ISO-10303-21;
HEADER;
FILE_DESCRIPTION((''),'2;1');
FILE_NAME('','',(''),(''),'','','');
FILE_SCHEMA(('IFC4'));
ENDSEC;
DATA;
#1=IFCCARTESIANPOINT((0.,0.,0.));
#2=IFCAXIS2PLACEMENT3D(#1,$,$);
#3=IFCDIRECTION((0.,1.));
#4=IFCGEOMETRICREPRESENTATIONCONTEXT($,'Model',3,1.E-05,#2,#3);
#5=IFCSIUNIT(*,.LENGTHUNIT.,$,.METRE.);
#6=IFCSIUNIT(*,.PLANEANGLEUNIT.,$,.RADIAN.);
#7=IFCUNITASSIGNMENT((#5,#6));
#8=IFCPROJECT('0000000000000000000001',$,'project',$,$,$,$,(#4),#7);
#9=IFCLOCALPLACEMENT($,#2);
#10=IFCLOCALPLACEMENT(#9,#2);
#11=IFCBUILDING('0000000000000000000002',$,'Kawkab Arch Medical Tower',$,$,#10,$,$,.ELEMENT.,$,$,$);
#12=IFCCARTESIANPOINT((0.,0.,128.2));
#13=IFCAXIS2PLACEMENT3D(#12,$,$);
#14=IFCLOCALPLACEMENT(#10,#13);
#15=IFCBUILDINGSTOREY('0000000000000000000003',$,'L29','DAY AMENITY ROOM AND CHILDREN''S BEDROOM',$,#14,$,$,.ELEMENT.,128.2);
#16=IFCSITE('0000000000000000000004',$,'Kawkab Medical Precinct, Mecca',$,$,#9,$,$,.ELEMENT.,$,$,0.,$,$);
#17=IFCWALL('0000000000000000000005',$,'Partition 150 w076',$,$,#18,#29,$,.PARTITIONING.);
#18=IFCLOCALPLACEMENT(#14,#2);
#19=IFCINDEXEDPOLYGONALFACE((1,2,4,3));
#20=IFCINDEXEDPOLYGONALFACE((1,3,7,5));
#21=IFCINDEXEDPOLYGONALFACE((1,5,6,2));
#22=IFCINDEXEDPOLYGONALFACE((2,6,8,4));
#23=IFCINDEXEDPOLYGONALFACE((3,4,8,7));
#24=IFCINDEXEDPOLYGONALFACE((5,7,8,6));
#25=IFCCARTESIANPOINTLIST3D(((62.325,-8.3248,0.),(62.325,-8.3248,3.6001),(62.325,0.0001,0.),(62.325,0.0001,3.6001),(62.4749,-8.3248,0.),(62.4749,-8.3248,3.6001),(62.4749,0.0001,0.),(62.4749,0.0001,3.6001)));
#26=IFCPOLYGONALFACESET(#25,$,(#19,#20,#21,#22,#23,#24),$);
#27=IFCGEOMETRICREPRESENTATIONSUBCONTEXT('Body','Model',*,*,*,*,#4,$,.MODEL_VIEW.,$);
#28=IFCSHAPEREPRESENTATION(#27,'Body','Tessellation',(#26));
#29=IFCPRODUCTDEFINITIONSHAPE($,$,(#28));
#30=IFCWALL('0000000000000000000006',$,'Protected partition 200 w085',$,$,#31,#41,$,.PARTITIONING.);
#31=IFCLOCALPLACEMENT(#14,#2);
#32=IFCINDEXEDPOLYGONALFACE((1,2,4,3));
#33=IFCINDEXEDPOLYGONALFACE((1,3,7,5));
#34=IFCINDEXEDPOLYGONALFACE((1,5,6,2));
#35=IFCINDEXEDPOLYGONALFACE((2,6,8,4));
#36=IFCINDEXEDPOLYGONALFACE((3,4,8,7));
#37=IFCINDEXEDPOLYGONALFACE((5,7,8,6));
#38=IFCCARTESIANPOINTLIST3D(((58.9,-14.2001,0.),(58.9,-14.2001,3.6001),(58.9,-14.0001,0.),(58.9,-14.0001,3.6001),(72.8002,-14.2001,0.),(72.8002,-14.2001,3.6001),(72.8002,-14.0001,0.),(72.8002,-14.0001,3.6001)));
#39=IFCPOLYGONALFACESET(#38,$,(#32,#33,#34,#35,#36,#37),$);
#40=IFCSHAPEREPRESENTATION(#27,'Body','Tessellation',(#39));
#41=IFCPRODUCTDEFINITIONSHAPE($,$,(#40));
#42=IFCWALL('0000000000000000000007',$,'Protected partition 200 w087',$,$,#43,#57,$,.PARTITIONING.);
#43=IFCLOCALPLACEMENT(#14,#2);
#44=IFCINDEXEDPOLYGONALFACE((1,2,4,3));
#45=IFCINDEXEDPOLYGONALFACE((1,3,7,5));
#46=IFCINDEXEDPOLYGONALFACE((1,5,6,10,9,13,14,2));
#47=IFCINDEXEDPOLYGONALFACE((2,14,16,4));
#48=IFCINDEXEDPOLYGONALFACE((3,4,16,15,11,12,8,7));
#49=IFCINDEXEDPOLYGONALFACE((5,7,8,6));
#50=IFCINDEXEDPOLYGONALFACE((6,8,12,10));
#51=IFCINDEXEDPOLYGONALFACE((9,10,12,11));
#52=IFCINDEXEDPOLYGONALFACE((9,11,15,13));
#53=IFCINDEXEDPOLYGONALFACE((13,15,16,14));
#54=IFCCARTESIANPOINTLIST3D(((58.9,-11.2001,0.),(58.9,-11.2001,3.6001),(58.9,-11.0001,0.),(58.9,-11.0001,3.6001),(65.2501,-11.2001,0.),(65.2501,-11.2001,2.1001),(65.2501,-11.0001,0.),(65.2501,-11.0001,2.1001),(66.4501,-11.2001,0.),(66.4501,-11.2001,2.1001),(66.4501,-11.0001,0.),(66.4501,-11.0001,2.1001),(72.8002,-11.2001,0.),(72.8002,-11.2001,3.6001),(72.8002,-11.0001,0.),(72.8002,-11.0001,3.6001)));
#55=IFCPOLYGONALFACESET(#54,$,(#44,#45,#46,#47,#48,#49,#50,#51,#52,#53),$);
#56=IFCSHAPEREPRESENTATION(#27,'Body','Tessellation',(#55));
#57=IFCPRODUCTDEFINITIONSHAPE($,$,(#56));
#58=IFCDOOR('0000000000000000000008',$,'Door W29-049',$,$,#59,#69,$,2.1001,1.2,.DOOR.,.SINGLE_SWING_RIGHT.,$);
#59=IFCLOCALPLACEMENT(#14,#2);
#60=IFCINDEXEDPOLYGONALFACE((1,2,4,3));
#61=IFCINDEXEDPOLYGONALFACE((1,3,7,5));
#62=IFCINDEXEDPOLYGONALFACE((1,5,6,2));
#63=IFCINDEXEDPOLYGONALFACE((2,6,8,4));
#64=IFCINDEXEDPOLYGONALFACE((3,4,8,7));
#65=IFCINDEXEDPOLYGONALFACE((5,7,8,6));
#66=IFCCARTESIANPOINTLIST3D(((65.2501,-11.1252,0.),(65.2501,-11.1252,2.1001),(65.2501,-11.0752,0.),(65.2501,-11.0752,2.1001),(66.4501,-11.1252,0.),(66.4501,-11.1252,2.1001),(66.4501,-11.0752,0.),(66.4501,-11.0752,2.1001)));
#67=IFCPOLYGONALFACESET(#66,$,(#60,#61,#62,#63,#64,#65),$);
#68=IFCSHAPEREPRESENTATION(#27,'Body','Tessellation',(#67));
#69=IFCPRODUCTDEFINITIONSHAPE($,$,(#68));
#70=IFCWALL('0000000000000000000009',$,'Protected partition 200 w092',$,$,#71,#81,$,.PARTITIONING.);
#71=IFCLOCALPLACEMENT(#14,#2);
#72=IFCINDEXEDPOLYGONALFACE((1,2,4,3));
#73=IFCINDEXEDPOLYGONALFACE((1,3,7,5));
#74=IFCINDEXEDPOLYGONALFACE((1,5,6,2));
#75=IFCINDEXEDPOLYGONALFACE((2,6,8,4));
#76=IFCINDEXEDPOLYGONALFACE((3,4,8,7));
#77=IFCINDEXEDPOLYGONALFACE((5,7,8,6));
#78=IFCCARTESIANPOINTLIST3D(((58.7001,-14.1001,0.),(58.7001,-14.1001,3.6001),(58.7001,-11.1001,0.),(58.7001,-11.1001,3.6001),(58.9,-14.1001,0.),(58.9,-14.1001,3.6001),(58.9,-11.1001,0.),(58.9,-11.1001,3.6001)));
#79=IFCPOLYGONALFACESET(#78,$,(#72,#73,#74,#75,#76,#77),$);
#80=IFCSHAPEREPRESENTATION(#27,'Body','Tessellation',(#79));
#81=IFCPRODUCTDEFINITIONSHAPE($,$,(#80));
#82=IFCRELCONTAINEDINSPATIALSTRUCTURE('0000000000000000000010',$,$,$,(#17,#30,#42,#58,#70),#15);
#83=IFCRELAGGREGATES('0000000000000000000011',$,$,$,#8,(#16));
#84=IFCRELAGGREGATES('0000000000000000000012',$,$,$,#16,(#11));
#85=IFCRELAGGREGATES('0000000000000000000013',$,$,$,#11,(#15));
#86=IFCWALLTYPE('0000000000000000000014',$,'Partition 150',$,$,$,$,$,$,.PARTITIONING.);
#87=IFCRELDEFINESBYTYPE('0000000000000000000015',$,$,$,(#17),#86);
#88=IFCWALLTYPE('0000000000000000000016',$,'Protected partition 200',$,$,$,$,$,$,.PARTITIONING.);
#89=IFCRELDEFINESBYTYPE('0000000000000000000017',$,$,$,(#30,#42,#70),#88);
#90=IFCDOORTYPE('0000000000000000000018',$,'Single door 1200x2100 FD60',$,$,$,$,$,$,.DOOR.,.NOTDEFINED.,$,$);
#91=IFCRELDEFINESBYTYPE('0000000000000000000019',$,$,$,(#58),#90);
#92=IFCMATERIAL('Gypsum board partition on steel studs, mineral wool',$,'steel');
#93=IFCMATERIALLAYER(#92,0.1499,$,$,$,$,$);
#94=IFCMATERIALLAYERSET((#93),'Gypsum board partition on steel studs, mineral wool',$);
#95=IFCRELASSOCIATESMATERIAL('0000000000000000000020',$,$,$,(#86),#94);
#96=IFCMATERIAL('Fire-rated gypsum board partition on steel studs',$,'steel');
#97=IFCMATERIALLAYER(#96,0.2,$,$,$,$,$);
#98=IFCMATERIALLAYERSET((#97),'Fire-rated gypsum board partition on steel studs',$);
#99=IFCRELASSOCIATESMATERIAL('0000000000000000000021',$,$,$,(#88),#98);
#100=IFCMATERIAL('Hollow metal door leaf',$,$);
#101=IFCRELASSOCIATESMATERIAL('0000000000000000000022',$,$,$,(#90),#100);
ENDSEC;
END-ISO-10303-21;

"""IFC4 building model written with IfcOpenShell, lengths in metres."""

from ifc_helpers import new_model, si_unit, direction, frame, frame_2d, origin, place, context, subcontext, project, spatial, rectangle, extrude, material, layer, layer_set, type_object, element, fill, save


model = new_model("IFC4")

# Units and contexts
model_context = context("Model", 3, precision=1e-05, world=origin(), true_north=direction((0.0, 1.0)))
body_context = subcontext(model_context, "Body", "Model", "MODEL_VIEW")
ifc_project = project(units=[si_unit("LENGTHUNIT", "METRE"), si_unit("PLANEANGLEUNIT", "RADIAN")], contexts=[model_context])

# Site, building, storey
site_placement = place(None, origin())
site = spatial("IfcSite", under=ifc_project, at=site_placement, Name="Kawkab Medical Precinct, Mecca", CompositionType="ELEMENT", RefElevation=0.0)
building_placement = place(site_placement, origin())
building = spatial("IfcBuilding", under=site, at=building_placement, Name="Kawkab Arch Medical Tower", CompositionType="ELEMENT")
storey_placement = place(building_placement, frame((0.0, 0.0, 128.2)))
storey = spatial("IfcBuildingStorey", under=building, at=storey_placement, Name="L29", Description="DAY AMENITY ROOM AND CHILDREN'S BEDROOM", CompositionType="ELEMENT", Elevation=128.2)

# Shared definitions
ifc_material_1 = material(Name="Gypsum board partition on steel studs, mineral wool", Category="steel")
ifc_layer_1 = layer(ifc_material_1, 0.1499)
ifc_layer_set_1 = layer_set([ifc_layer_1], Name="Gypsum board partition on steel studs, mineral wool")
wall_type_1 = type_object("IfcWallType", Name="Partition 150", PredefinedType="PARTITIONING", material=ifc_layer_set_1)

# Walls
wall_1_placement = place(storey_placement, frame((62.3999, -8.325, 0.0), z_axis=(0.0, 0.0, 1.0), x_axis=(0.0, 1.0, 0.0)))
element("IfcWall", 1, at=wall_1_placement, inside=storey, type_object=wall_type_1, Name="Partition 150 w076", PredefinedType="PARTITIONING", context=body_context, shape_type="SweptSolid", body=[
    extrude(rectangle(XDim=8.325, YDim=0.1499, at=frame_2d((4.1626, 0.0))), origin(), (0.0, 0.0, 1.0), 3.6001),
])
ifc_material_2 = material(Name="Fire-rated gypsum board partition on steel studs", Category="steel")
ifc_layer_2 = layer(ifc_material_2, 0.2)
ifc_layer_set_2 = layer_set([ifc_layer_2], Name="Fire-rated gypsum board partition on steel studs")
wall_type_2 = type_object("IfcWallType", Name="Protected partition 200", PredefinedType="PARTITIONING", material=ifc_layer_set_2)
wall_2_placement = place(storey_placement, frame((58.8999, -14.1001, 0.0), z_axis=(0.0, 0.0, 1.0), x_axis=(1.0, 0.0, 0.0)))
element("IfcWall", 2, at=wall_2_placement, inside=storey, type_object=wall_type_2, Name="Protected partition 200 w085", PredefinedType="PARTITIONING", context=body_context, shape_type="SweptSolid", body=[
    extrude(rectangle(XDim=13.9001, YDim=0.2, at=frame_2d((6.9502, 0.0))), origin(), (0.0, 0.0, 1.0), 3.6001),
])

# Wall, opening, door
wall_3_placement = place(storey_placement, frame((58.8999, -11.1001, 0.0), z_axis=(0.0, 0.0, 1.0), x_axis=(1.0, 0.0, 0.0)))
wall_3 = element("IfcWall", 3, at=wall_3_placement, inside=storey, type_object=wall_type_2, Name="Protected partition 200 w087", PredefinedType="PARTITIONING", context=body_context, shape_type="SweptSolid", body=[
    extrude(rectangle(XDim=13.9001, YDim=0.2, at=frame_2d((6.9502, 0.0))), origin(), (0.0, 0.0, 1.0), 3.6001),
])
opening_1_placement = place(wall_3_placement, frame((6.3501, 0.0, 0.0)))
opening_1 = element("IfcOpeningElement", 4, at=opening_1_placement, cuts=wall_3, PredefinedType="OPENING", context=body_context, shape_type="SweptSolid", body=[
    extrude(rectangle(XDim=1.2, YDim=2.1001, at=frame_2d((0.6001, 1.05))), frame((0.0, 0.1099, 0.0), z_axis=(0.0, -1.0, 0.0), x_axis=(1.0, 0.0, 0.0)), (0.0, 0.0, 1.0), 0.22),
])
ifc_material_3 = material(Name="Hollow metal door leaf")
door_type_1 = type_object("IfcDoorType", Name="Single door 1200x2100 FD60", OperationType="NOTDEFINED", PredefinedType="DOOR", material=ifc_material_3)
door_1_placement = place(opening_1_placement, origin())
door_1 = element("IfcDoor", 5, at=door_1_placement, inside=storey, type_object=door_type_1, Name="Door W29-049", OperationType="SINGLE_SWING_RIGHT", OverallHeight=2.1001, OverallWidth=1.2, PredefinedType="DOOR", context=body_context, shape_type="SweptSolid", body=[
    extrude(rectangle(XDim=1.2, YDim=2.1001, at=frame_2d((0.6001, 1.05))), frame((0.0, 0.0249, 0.0), z_axis=(0.0, -1.0, 0.0), x_axis=(1.0, 0.0, 0.0)), (0.0, 0.0, 1.0), 0.05),
])
fill(opening_1, door_1)

# Wall
wall_4_placement = place(storey_placement, frame((58.8, -14.1001, 0.0), z_axis=(0.0, 0.0, 1.0), x_axis=(0.0, 1.0, 0.0)))
element("IfcWall", 6, at=wall_4_placement, inside=storey, type_object=wall_type_2, Name="Protected partition 200 w092", PredefinedType="PARTITIONING", context=body_context, shape_type="SweptSolid", body=[
    extrude(rectangle(XDim=3.0, YDim=0.2, at=frame_2d((1.5, 0.0))), origin(), (0.0, 0.0, 1.0), 3.6001),
])

save(model, "model.ifc")
